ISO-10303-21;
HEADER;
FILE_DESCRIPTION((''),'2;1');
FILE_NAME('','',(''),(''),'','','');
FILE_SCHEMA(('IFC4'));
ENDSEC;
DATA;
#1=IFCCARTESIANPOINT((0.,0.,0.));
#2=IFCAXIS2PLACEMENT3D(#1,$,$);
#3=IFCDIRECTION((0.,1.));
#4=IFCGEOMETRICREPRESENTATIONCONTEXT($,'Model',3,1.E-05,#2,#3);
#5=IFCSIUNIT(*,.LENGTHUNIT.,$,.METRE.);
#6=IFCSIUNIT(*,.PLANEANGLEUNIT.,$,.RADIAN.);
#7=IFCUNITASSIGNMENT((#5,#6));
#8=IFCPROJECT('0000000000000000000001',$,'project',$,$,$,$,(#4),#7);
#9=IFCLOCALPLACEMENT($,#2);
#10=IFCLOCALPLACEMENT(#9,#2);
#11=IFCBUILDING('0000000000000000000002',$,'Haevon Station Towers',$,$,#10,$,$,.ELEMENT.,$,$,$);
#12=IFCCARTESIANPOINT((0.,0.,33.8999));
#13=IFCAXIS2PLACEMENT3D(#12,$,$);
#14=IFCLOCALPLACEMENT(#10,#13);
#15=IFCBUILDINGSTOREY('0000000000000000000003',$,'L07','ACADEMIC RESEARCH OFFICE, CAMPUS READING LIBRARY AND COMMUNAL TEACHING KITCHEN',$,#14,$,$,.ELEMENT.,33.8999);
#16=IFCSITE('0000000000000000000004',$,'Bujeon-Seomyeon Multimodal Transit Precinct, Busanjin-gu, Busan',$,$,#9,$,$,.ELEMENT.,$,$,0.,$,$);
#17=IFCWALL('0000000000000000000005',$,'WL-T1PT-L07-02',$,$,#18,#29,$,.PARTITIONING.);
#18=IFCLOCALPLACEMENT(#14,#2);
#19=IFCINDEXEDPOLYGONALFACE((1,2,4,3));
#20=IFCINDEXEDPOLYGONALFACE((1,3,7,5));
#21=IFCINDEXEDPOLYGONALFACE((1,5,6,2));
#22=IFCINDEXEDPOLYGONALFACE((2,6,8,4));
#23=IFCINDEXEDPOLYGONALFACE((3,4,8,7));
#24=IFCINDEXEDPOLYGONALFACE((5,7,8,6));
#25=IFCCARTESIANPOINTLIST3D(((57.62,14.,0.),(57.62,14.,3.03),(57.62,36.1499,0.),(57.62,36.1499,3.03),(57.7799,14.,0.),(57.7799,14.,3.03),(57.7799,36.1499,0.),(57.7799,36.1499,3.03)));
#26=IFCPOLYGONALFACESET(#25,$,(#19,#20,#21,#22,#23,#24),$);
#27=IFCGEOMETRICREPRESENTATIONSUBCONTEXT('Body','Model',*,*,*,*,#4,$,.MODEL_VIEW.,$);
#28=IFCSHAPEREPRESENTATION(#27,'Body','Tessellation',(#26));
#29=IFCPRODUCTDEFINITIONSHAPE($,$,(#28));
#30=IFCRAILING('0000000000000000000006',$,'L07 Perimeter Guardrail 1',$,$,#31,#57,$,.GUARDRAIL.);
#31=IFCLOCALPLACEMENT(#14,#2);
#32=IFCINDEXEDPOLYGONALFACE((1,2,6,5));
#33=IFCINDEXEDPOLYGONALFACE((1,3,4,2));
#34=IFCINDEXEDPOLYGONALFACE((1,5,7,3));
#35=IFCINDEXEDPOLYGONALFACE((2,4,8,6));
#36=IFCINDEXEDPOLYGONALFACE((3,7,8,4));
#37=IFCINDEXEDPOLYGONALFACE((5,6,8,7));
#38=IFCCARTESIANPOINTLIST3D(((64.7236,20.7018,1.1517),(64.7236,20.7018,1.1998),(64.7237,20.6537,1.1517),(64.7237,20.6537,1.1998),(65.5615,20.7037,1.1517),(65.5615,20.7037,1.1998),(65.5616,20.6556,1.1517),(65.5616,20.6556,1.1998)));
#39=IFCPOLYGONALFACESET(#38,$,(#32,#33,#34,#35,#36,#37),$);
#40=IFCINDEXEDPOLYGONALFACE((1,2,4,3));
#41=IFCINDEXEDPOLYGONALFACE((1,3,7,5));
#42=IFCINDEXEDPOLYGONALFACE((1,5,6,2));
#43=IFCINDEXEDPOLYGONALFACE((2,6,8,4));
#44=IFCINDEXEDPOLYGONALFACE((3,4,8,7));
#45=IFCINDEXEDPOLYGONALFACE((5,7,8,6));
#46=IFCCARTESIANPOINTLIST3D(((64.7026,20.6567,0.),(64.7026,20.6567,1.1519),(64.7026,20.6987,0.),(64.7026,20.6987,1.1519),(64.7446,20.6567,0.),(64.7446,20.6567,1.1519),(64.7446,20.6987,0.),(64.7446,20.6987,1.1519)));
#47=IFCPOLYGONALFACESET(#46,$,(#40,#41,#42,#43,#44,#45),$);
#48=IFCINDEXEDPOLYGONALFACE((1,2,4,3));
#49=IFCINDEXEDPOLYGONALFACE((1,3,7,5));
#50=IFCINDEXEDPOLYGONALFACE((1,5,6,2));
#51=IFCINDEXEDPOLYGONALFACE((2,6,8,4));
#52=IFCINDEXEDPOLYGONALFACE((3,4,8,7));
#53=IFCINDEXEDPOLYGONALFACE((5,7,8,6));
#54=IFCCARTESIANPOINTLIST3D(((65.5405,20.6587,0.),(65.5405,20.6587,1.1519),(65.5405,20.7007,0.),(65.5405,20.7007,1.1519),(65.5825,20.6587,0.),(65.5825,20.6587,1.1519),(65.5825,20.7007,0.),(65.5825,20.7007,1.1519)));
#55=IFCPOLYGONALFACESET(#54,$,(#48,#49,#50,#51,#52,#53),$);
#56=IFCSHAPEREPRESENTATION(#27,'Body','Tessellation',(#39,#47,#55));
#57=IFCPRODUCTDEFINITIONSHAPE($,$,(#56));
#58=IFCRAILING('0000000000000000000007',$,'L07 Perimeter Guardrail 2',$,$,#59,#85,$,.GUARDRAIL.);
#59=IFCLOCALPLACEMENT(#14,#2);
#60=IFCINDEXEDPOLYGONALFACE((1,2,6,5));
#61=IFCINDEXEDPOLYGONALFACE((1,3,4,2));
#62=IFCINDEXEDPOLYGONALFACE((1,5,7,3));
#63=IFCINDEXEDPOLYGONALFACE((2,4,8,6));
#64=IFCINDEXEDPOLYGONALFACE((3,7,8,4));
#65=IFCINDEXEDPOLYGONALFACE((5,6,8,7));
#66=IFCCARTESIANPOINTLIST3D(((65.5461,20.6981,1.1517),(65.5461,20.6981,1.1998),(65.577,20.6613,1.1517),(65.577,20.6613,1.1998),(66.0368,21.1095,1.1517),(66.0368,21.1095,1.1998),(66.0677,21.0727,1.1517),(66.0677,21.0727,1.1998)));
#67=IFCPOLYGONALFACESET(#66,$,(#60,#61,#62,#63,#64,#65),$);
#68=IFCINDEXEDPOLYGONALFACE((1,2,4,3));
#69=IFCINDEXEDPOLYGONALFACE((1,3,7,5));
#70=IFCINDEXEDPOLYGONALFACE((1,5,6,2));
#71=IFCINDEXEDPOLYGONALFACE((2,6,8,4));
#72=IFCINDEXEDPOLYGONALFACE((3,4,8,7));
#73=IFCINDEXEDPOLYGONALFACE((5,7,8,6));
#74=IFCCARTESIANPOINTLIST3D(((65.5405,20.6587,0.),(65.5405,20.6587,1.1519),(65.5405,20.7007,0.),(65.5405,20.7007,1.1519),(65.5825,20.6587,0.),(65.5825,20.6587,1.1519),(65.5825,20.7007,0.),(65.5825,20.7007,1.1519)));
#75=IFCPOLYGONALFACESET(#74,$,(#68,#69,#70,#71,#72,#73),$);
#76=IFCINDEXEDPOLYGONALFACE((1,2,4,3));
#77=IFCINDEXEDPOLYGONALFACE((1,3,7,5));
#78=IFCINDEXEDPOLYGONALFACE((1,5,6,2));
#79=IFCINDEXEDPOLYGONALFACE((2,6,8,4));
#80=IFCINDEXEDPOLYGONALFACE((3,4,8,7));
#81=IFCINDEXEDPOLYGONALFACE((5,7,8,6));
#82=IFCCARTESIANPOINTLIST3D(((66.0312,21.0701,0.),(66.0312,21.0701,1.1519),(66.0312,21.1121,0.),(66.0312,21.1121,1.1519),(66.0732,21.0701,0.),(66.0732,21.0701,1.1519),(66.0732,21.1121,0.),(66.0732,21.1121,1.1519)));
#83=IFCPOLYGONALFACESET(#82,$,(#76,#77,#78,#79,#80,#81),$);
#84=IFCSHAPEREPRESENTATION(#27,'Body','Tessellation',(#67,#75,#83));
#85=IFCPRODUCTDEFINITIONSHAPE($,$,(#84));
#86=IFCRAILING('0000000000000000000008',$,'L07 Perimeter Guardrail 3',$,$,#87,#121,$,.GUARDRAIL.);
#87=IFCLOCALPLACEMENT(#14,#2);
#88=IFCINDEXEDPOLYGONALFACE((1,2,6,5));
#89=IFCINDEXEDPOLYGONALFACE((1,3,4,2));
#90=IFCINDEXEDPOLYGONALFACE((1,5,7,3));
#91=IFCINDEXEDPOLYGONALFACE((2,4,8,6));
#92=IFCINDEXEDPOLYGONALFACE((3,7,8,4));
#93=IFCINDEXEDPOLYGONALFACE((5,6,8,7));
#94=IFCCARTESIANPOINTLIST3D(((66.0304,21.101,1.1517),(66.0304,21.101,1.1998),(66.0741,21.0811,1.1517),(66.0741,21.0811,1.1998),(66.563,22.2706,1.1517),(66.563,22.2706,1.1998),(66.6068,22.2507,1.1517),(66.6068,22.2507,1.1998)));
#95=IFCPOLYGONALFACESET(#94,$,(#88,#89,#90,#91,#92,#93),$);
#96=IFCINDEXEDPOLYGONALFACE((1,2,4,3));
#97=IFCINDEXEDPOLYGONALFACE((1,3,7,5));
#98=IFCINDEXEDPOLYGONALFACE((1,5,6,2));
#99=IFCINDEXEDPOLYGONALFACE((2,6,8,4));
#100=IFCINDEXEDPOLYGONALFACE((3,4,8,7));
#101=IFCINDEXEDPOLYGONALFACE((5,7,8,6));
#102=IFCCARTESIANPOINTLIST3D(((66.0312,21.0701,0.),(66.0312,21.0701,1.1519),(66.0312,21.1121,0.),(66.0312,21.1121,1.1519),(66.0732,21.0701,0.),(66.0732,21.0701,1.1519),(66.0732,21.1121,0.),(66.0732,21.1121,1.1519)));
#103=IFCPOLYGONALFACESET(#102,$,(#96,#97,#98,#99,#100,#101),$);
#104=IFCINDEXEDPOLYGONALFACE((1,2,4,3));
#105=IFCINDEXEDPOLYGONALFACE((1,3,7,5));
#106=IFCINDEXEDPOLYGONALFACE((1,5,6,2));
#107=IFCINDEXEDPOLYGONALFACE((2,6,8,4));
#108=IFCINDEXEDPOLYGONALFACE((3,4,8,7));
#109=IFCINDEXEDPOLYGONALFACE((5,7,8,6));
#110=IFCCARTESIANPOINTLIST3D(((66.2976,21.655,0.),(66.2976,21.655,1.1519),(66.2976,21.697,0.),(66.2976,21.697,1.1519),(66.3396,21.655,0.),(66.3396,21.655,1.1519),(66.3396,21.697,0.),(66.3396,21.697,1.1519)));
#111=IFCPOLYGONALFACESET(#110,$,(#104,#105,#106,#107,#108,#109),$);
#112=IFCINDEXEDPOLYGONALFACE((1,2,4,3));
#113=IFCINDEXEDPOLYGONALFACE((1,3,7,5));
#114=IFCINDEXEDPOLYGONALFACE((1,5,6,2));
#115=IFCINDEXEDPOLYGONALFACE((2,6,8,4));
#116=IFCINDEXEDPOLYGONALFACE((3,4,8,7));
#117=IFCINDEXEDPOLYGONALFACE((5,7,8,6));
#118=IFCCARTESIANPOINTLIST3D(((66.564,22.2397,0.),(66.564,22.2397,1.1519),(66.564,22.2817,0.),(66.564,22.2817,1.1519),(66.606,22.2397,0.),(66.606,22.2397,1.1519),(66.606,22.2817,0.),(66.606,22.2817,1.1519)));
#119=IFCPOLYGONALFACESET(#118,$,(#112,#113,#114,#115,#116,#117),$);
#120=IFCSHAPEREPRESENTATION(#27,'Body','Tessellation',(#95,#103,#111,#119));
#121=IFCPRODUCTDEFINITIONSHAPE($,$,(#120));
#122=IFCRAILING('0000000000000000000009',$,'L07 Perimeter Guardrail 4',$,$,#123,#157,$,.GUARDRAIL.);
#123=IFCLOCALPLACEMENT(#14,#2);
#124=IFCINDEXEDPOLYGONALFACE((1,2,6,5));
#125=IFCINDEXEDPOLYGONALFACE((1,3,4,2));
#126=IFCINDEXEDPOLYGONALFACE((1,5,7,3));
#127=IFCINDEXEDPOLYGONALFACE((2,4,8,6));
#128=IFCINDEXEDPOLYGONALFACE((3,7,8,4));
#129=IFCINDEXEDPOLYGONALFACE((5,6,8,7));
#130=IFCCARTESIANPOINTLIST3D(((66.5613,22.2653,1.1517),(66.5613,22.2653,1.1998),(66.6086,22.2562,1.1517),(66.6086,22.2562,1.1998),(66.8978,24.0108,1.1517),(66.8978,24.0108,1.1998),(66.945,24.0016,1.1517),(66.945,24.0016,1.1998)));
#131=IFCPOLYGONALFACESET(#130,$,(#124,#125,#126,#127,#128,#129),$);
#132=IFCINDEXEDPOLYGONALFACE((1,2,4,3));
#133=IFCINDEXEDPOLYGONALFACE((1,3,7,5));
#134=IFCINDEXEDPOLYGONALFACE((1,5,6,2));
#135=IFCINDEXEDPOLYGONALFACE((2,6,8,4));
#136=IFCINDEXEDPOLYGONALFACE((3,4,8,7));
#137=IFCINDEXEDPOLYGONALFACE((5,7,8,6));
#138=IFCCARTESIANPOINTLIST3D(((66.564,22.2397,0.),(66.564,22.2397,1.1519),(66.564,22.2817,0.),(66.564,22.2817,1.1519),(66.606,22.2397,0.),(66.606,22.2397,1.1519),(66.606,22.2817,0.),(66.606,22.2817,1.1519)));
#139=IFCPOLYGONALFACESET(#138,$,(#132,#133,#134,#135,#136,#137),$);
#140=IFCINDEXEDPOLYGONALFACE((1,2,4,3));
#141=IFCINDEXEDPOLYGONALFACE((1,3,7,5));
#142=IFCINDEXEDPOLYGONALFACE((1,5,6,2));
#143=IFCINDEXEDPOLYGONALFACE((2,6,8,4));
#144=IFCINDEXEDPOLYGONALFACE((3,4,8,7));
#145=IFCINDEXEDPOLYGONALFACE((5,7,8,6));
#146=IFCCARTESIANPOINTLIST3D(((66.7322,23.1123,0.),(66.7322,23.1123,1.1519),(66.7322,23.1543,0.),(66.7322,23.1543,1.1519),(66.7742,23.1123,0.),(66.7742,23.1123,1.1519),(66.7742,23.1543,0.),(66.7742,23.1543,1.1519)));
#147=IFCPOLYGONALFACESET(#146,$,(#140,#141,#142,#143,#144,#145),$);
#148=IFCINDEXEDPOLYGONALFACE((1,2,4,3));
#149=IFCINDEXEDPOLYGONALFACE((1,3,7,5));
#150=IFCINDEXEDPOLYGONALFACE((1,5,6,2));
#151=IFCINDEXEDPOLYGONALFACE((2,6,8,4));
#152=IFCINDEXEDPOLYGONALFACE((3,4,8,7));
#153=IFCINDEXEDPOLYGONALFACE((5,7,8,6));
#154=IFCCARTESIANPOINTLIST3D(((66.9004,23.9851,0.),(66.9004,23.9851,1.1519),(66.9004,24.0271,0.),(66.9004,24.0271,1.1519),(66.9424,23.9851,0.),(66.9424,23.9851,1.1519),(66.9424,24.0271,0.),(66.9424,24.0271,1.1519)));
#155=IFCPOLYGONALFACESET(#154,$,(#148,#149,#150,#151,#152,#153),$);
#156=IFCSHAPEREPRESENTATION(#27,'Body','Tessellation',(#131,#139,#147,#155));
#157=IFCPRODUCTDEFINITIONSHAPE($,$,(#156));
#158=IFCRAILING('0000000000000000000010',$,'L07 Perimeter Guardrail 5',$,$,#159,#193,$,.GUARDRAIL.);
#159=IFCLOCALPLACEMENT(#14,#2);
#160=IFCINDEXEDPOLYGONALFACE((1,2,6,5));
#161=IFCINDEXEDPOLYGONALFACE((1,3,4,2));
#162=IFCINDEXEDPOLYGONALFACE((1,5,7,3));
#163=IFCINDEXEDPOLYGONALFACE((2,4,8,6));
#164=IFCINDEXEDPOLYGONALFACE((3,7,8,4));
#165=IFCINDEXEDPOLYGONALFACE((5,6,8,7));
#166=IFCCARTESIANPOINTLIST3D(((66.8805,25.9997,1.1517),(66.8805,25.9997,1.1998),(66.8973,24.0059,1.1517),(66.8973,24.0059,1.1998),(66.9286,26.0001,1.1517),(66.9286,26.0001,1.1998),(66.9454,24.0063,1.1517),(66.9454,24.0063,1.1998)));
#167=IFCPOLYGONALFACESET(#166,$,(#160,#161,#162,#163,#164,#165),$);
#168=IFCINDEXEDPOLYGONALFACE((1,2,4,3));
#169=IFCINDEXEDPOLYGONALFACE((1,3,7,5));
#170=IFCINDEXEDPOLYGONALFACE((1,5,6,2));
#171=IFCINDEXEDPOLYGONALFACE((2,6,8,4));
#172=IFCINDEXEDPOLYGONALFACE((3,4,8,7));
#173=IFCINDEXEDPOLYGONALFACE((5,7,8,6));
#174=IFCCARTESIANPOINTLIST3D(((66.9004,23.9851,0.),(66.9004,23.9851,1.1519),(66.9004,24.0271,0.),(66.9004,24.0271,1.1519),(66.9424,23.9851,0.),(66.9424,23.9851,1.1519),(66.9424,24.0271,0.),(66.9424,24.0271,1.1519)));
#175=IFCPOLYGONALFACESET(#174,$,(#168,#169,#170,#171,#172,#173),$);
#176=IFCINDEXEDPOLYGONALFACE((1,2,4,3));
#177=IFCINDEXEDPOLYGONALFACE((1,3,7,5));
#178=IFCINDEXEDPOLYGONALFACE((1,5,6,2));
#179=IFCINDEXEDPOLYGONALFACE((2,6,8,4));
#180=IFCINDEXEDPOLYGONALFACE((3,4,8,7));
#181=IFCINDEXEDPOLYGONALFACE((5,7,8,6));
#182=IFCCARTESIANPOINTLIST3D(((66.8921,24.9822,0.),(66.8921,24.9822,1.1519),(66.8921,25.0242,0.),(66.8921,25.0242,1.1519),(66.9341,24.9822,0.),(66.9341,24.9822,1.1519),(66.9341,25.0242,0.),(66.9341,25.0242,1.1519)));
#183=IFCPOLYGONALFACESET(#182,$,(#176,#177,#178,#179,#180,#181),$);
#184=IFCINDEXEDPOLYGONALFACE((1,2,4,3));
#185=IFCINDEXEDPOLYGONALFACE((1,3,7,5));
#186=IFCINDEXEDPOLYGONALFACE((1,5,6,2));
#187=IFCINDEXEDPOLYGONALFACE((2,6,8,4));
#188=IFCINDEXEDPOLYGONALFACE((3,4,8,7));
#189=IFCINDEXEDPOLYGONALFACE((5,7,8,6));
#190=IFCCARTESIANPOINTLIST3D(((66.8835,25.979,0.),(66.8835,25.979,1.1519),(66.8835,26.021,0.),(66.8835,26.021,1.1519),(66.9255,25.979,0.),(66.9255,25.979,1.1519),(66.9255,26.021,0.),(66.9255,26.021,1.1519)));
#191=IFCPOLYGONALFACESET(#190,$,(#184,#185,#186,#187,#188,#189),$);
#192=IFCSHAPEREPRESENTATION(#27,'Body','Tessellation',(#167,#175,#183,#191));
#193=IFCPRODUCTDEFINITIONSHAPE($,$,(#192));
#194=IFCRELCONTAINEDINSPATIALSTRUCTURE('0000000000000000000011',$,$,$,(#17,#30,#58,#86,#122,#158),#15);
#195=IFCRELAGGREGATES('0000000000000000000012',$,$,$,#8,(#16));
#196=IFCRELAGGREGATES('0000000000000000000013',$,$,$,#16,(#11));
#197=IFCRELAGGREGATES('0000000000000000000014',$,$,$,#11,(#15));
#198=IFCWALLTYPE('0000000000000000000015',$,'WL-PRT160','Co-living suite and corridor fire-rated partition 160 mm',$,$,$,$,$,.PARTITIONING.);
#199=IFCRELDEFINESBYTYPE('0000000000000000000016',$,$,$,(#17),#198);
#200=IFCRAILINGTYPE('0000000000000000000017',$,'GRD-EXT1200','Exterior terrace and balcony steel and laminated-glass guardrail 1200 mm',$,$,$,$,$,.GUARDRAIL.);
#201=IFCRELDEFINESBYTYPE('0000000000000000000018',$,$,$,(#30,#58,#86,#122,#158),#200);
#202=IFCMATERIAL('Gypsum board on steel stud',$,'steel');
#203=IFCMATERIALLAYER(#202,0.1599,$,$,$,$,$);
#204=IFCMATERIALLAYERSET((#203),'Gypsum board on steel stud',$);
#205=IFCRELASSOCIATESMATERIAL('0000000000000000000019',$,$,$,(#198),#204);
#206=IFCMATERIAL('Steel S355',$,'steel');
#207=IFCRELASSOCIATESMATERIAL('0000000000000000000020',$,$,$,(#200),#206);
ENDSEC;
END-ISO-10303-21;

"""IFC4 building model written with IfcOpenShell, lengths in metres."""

from ifc_helpers import new_model, si_unit, direction, frame, frame_2d, origin, origin_2d, place, context, subcontext, project, spatial, rectangle, extrude, material, layer, layer_set, type_object, element, save


model = new_model("IFC4")

# Units and contexts
model_context = context("Model", 3, precision=1e-05, world=origin(), true_north=direction((0.0, 1.0)))
body_context = subcontext(model_context, "Body", "Model", "MODEL_VIEW")
ifc_project = project(units=[si_unit("LENGTHUNIT", "METRE"), si_unit("PLANEANGLEUNIT", "RADIAN")], contexts=[model_context])

# Site, building, storey
site_placement = place(None, origin())
site = spatial("IfcSite", under=ifc_project, at=site_placement, Name="Bujeon-Seomyeon Multimodal Transit Precinct, Busanjin-gu, Busan", CompositionType="ELEMENT", RefElevation=0.0)
building_placement = place(site_placement, origin())
building = spatial("IfcBuilding", under=site, at=building_placement, Name="Haevon Station Towers", CompositionType="ELEMENT")
storey_placement = place(building_placement, frame((0.0, 0.0, 33.8999)))
storey = spatial("IfcBuildingStorey", under=building, at=storey_placement, Name="L07", Description="ACADEMIC RESEARCH OFFICE, CAMPUS READING LIBRARY AND COMMUNAL TEACHING KITCHEN", CompositionType="ELEMENT", Elevation=33.8999)

# Shared definitions
ifc_material_1 = material(Name="Steel S355", Category="steel")

# Shared definitions
ifc_material_2 = material(Name="Gypsum board on steel stud", Category="steel")

# Wall
ifc_layer_1 = layer(ifc_material_2, 0.1599)
ifc_layer_set_1 = layer_set([ifc_layer_1], Name="Gypsum board on steel stud")
wall_type_1 = type_object("IfcWallType", Name="WL-PRT160", Description="Co-living suite and corridor fire-rated partition 160 mm", PredefinedType="PARTITIONING", material=ifc_layer_set_1)
wall_1_placement = place(storey_placement, frame((57.7, 14.0, 0.0), z_axis=(0.0, 0.0, 1.0), x_axis=(0.0, 1.0, 0.0)))
element("IfcWall", 1, at=wall_1_placement, inside=storey, type_object=wall_type_1, Name="WL-T1PT-L07-02", PredefinedType="PARTITIONING", context=body_context, shape_type="SweptSolid", body=[
    extrude(rectangle(XDim=22.1499, YDim=0.1599, at=frame_2d((11.075, 0.0))), origin(), (0.0, 0.0, 1.0), 3.03),
])

# Railings
railing_type = type_object("IfcRailingType", Name="GRD-EXT1200", Description="Exterior terrace and balcony steel and laminated-glass guardrail 1200 mm", PredefinedType="GUARDRAIL", material=ifc_material_1)
railing_1_placement = place(storey_placement, frame((64.7236, 20.6777, 0.0)))
element("IfcRailing", 2, at=railing_1_placement, inside=storey, type_object=railing_type, Name="L07 Perimeter Guardrail 1", PredefinedType="GUARDRAIL", context=body_context, shape_type="SweptSolid", body=[
    extrude(rectangle(XDim=0.0481, YDim=0.0481, at=origin_2d()), frame((0.0, 0.0, 1.1758), z_axis=(0.999997, 0.002331, 0.0), x_axis=(-0.002331, 0.999997, 0.0)), (0.0, 0.0, 1.0), 0.8379),
    extrude(rectangle(XDim=0.042, YDim=0.042, at=origin_2d()), origin(), (0.0, 0.0, 1.0), 1.1519),
    extrude(rectangle(XDim=0.042, YDim=0.042, at=origin_2d()), frame((0.8379, 0.002, 0.0)), (0.0, 0.0, 1.0), 1.1519),
])
railing_2_placement = place(storey_placement, frame((65.5615, 20.6797, 0.0)))
element("IfcRailing", 3, at=railing_2_placement, inside=storey, type_object=railing_type, Name="L07 Perimeter Guardrail 2", PredefinedType="GUARDRAIL", context=body_context, shape_type="SweptSolid", body=[
    extrude(rectangle(XDim=0.0481, YDim=0.0481, at=origin_2d()), frame((0.0, 0.0, 1.1758), z_axis=(0.766343, 0.642432, 0.0), x_axis=(-0.642432, 0.766343, 0.0)), (0.0, 0.0, 1.0), 0.6404),
    extrude(rectangle(XDim=0.042, YDim=0.042, at=origin_2d()), origin(), (0.0, 0.0, 1.0), 1.1519),
    extrude(rectangle(XDim=0.042, YDim=0.042, at=origin_2d()), frame((0.4907, 0.4114, 0.0)), (0.0, 0.0, 1.0), 1.1519),
])
railing_3_placement = place(storey_placement, frame((66.0522, 21.0911, 0.0)))
element("IfcRailing", 4, at=railing_3_placement, inside=storey, type_object=railing_type, Name="L07 Perimeter Guardrail 3", PredefinedType="GUARDRAIL", context=body_context, shape_type="SweptSolid", body=[
    extrude(rectangle(XDim=0.0481, YDim=0.0481, at=origin_2d()), frame((0.0, 0.0, 1.1758), z_axis=(0.414475, 0.91006, 0.0), x_axis=(-0.91006, 0.414475, 0.0)), (0.0, 0.0, 1.0), 1.2852),
    extrude(rectangle(XDim=0.042, YDim=0.042, at=origin_2d()), origin(), (0.0, 0.0, 1.0), 1.1519),
    extrude(rectangle(XDim=0.042, YDim=0.042, at=origin_2d()), frame((0.2664, 0.585, 0.0)), (0.0, 0.0, 1.0), 1.1519),
    extrude(rectangle(XDim=0.042, YDim=0.042, at=origin_2d()), frame((0.5327, 1.1697, 0.0)), (0.0, 0.0, 1.0), 1.1519),
])
railing_4_placement = place(storey_placement, frame((66.585, 22.2607, 0.0)))
element("IfcRailing", 5, at=railing_4_placement, inside=storey, type_object=railing_type, Name="L07 Perimeter Guardrail 4", PredefinedType="GUARDRAIL", context=body_context, shape_type="SweptSolid", body=[
    extrude(rectangle(XDim=0.0481, YDim=0.0481, at=origin_2d()), frame((0.0, 0.0, 1.1758), z_axis=(0.18927, 0.981925, 0.0), x_axis=(-0.981925, 0.18927, 0.0)), (0.0, 0.0, 1.0), 1.7776),
    extrude(rectangle(XDim=0.042, YDim=0.042, at=origin_2d()), origin(), (0.0, 0.0, 1.0), 1.1519),
    extrude(rectangle(XDim=0.042, YDim=0.042, at=origin_2d()), frame((0.1682, 0.8726, 0.0)), (0.0, 0.0, 1.0), 1.1519),
    extrude(rectangle(XDim=0.042, YDim=0.042, at=origin_2d()), frame((0.3364, 1.7454, 0.0)), (0.0, 0.0, 1.0), 1.1519),
])
railing_5_placement = place(storey_placement, frame((66.9214, 24.0061, 0.0)))
element("IfcRailing", 6, at=railing_5_placement, inside=storey, type_object=railing_type, Name="L07 Perimeter Guardrail 5", PredefinedType="GUARDRAIL", context=body_context, shape_type="SweptSolid", body=[
    extrude(rectangle(XDim=0.0481, YDim=0.0481, at=origin_2d()), frame((0.0, 0.0, 1.1758), z_axis=(-0.008448, 0.999964, 0.0), x_axis=(-0.999964, -0.008448, 0.0)), (0.0, 0.0, 1.0), 1.9939),
    extrude(rectangle(XDim=0.042, YDim=0.042, at=origin_2d()), origin(), (0.0, 0.0, 1.0), 1.1519),
    extrude(rectangle(XDim=0.042, YDim=0.042, at=origin_2d()), frame((-0.0083, 0.9971, 0.0)), (0.0, 0.0, 1.0), 1.1519),
    extrude(rectangle(XDim=0.042, YDim=0.042, at=origin_2d()), frame((-0.0168, 1.9939, 0.0)), (0.0, 0.0, 1.0), 1.1519),
])

save(model, "model.ifc")
